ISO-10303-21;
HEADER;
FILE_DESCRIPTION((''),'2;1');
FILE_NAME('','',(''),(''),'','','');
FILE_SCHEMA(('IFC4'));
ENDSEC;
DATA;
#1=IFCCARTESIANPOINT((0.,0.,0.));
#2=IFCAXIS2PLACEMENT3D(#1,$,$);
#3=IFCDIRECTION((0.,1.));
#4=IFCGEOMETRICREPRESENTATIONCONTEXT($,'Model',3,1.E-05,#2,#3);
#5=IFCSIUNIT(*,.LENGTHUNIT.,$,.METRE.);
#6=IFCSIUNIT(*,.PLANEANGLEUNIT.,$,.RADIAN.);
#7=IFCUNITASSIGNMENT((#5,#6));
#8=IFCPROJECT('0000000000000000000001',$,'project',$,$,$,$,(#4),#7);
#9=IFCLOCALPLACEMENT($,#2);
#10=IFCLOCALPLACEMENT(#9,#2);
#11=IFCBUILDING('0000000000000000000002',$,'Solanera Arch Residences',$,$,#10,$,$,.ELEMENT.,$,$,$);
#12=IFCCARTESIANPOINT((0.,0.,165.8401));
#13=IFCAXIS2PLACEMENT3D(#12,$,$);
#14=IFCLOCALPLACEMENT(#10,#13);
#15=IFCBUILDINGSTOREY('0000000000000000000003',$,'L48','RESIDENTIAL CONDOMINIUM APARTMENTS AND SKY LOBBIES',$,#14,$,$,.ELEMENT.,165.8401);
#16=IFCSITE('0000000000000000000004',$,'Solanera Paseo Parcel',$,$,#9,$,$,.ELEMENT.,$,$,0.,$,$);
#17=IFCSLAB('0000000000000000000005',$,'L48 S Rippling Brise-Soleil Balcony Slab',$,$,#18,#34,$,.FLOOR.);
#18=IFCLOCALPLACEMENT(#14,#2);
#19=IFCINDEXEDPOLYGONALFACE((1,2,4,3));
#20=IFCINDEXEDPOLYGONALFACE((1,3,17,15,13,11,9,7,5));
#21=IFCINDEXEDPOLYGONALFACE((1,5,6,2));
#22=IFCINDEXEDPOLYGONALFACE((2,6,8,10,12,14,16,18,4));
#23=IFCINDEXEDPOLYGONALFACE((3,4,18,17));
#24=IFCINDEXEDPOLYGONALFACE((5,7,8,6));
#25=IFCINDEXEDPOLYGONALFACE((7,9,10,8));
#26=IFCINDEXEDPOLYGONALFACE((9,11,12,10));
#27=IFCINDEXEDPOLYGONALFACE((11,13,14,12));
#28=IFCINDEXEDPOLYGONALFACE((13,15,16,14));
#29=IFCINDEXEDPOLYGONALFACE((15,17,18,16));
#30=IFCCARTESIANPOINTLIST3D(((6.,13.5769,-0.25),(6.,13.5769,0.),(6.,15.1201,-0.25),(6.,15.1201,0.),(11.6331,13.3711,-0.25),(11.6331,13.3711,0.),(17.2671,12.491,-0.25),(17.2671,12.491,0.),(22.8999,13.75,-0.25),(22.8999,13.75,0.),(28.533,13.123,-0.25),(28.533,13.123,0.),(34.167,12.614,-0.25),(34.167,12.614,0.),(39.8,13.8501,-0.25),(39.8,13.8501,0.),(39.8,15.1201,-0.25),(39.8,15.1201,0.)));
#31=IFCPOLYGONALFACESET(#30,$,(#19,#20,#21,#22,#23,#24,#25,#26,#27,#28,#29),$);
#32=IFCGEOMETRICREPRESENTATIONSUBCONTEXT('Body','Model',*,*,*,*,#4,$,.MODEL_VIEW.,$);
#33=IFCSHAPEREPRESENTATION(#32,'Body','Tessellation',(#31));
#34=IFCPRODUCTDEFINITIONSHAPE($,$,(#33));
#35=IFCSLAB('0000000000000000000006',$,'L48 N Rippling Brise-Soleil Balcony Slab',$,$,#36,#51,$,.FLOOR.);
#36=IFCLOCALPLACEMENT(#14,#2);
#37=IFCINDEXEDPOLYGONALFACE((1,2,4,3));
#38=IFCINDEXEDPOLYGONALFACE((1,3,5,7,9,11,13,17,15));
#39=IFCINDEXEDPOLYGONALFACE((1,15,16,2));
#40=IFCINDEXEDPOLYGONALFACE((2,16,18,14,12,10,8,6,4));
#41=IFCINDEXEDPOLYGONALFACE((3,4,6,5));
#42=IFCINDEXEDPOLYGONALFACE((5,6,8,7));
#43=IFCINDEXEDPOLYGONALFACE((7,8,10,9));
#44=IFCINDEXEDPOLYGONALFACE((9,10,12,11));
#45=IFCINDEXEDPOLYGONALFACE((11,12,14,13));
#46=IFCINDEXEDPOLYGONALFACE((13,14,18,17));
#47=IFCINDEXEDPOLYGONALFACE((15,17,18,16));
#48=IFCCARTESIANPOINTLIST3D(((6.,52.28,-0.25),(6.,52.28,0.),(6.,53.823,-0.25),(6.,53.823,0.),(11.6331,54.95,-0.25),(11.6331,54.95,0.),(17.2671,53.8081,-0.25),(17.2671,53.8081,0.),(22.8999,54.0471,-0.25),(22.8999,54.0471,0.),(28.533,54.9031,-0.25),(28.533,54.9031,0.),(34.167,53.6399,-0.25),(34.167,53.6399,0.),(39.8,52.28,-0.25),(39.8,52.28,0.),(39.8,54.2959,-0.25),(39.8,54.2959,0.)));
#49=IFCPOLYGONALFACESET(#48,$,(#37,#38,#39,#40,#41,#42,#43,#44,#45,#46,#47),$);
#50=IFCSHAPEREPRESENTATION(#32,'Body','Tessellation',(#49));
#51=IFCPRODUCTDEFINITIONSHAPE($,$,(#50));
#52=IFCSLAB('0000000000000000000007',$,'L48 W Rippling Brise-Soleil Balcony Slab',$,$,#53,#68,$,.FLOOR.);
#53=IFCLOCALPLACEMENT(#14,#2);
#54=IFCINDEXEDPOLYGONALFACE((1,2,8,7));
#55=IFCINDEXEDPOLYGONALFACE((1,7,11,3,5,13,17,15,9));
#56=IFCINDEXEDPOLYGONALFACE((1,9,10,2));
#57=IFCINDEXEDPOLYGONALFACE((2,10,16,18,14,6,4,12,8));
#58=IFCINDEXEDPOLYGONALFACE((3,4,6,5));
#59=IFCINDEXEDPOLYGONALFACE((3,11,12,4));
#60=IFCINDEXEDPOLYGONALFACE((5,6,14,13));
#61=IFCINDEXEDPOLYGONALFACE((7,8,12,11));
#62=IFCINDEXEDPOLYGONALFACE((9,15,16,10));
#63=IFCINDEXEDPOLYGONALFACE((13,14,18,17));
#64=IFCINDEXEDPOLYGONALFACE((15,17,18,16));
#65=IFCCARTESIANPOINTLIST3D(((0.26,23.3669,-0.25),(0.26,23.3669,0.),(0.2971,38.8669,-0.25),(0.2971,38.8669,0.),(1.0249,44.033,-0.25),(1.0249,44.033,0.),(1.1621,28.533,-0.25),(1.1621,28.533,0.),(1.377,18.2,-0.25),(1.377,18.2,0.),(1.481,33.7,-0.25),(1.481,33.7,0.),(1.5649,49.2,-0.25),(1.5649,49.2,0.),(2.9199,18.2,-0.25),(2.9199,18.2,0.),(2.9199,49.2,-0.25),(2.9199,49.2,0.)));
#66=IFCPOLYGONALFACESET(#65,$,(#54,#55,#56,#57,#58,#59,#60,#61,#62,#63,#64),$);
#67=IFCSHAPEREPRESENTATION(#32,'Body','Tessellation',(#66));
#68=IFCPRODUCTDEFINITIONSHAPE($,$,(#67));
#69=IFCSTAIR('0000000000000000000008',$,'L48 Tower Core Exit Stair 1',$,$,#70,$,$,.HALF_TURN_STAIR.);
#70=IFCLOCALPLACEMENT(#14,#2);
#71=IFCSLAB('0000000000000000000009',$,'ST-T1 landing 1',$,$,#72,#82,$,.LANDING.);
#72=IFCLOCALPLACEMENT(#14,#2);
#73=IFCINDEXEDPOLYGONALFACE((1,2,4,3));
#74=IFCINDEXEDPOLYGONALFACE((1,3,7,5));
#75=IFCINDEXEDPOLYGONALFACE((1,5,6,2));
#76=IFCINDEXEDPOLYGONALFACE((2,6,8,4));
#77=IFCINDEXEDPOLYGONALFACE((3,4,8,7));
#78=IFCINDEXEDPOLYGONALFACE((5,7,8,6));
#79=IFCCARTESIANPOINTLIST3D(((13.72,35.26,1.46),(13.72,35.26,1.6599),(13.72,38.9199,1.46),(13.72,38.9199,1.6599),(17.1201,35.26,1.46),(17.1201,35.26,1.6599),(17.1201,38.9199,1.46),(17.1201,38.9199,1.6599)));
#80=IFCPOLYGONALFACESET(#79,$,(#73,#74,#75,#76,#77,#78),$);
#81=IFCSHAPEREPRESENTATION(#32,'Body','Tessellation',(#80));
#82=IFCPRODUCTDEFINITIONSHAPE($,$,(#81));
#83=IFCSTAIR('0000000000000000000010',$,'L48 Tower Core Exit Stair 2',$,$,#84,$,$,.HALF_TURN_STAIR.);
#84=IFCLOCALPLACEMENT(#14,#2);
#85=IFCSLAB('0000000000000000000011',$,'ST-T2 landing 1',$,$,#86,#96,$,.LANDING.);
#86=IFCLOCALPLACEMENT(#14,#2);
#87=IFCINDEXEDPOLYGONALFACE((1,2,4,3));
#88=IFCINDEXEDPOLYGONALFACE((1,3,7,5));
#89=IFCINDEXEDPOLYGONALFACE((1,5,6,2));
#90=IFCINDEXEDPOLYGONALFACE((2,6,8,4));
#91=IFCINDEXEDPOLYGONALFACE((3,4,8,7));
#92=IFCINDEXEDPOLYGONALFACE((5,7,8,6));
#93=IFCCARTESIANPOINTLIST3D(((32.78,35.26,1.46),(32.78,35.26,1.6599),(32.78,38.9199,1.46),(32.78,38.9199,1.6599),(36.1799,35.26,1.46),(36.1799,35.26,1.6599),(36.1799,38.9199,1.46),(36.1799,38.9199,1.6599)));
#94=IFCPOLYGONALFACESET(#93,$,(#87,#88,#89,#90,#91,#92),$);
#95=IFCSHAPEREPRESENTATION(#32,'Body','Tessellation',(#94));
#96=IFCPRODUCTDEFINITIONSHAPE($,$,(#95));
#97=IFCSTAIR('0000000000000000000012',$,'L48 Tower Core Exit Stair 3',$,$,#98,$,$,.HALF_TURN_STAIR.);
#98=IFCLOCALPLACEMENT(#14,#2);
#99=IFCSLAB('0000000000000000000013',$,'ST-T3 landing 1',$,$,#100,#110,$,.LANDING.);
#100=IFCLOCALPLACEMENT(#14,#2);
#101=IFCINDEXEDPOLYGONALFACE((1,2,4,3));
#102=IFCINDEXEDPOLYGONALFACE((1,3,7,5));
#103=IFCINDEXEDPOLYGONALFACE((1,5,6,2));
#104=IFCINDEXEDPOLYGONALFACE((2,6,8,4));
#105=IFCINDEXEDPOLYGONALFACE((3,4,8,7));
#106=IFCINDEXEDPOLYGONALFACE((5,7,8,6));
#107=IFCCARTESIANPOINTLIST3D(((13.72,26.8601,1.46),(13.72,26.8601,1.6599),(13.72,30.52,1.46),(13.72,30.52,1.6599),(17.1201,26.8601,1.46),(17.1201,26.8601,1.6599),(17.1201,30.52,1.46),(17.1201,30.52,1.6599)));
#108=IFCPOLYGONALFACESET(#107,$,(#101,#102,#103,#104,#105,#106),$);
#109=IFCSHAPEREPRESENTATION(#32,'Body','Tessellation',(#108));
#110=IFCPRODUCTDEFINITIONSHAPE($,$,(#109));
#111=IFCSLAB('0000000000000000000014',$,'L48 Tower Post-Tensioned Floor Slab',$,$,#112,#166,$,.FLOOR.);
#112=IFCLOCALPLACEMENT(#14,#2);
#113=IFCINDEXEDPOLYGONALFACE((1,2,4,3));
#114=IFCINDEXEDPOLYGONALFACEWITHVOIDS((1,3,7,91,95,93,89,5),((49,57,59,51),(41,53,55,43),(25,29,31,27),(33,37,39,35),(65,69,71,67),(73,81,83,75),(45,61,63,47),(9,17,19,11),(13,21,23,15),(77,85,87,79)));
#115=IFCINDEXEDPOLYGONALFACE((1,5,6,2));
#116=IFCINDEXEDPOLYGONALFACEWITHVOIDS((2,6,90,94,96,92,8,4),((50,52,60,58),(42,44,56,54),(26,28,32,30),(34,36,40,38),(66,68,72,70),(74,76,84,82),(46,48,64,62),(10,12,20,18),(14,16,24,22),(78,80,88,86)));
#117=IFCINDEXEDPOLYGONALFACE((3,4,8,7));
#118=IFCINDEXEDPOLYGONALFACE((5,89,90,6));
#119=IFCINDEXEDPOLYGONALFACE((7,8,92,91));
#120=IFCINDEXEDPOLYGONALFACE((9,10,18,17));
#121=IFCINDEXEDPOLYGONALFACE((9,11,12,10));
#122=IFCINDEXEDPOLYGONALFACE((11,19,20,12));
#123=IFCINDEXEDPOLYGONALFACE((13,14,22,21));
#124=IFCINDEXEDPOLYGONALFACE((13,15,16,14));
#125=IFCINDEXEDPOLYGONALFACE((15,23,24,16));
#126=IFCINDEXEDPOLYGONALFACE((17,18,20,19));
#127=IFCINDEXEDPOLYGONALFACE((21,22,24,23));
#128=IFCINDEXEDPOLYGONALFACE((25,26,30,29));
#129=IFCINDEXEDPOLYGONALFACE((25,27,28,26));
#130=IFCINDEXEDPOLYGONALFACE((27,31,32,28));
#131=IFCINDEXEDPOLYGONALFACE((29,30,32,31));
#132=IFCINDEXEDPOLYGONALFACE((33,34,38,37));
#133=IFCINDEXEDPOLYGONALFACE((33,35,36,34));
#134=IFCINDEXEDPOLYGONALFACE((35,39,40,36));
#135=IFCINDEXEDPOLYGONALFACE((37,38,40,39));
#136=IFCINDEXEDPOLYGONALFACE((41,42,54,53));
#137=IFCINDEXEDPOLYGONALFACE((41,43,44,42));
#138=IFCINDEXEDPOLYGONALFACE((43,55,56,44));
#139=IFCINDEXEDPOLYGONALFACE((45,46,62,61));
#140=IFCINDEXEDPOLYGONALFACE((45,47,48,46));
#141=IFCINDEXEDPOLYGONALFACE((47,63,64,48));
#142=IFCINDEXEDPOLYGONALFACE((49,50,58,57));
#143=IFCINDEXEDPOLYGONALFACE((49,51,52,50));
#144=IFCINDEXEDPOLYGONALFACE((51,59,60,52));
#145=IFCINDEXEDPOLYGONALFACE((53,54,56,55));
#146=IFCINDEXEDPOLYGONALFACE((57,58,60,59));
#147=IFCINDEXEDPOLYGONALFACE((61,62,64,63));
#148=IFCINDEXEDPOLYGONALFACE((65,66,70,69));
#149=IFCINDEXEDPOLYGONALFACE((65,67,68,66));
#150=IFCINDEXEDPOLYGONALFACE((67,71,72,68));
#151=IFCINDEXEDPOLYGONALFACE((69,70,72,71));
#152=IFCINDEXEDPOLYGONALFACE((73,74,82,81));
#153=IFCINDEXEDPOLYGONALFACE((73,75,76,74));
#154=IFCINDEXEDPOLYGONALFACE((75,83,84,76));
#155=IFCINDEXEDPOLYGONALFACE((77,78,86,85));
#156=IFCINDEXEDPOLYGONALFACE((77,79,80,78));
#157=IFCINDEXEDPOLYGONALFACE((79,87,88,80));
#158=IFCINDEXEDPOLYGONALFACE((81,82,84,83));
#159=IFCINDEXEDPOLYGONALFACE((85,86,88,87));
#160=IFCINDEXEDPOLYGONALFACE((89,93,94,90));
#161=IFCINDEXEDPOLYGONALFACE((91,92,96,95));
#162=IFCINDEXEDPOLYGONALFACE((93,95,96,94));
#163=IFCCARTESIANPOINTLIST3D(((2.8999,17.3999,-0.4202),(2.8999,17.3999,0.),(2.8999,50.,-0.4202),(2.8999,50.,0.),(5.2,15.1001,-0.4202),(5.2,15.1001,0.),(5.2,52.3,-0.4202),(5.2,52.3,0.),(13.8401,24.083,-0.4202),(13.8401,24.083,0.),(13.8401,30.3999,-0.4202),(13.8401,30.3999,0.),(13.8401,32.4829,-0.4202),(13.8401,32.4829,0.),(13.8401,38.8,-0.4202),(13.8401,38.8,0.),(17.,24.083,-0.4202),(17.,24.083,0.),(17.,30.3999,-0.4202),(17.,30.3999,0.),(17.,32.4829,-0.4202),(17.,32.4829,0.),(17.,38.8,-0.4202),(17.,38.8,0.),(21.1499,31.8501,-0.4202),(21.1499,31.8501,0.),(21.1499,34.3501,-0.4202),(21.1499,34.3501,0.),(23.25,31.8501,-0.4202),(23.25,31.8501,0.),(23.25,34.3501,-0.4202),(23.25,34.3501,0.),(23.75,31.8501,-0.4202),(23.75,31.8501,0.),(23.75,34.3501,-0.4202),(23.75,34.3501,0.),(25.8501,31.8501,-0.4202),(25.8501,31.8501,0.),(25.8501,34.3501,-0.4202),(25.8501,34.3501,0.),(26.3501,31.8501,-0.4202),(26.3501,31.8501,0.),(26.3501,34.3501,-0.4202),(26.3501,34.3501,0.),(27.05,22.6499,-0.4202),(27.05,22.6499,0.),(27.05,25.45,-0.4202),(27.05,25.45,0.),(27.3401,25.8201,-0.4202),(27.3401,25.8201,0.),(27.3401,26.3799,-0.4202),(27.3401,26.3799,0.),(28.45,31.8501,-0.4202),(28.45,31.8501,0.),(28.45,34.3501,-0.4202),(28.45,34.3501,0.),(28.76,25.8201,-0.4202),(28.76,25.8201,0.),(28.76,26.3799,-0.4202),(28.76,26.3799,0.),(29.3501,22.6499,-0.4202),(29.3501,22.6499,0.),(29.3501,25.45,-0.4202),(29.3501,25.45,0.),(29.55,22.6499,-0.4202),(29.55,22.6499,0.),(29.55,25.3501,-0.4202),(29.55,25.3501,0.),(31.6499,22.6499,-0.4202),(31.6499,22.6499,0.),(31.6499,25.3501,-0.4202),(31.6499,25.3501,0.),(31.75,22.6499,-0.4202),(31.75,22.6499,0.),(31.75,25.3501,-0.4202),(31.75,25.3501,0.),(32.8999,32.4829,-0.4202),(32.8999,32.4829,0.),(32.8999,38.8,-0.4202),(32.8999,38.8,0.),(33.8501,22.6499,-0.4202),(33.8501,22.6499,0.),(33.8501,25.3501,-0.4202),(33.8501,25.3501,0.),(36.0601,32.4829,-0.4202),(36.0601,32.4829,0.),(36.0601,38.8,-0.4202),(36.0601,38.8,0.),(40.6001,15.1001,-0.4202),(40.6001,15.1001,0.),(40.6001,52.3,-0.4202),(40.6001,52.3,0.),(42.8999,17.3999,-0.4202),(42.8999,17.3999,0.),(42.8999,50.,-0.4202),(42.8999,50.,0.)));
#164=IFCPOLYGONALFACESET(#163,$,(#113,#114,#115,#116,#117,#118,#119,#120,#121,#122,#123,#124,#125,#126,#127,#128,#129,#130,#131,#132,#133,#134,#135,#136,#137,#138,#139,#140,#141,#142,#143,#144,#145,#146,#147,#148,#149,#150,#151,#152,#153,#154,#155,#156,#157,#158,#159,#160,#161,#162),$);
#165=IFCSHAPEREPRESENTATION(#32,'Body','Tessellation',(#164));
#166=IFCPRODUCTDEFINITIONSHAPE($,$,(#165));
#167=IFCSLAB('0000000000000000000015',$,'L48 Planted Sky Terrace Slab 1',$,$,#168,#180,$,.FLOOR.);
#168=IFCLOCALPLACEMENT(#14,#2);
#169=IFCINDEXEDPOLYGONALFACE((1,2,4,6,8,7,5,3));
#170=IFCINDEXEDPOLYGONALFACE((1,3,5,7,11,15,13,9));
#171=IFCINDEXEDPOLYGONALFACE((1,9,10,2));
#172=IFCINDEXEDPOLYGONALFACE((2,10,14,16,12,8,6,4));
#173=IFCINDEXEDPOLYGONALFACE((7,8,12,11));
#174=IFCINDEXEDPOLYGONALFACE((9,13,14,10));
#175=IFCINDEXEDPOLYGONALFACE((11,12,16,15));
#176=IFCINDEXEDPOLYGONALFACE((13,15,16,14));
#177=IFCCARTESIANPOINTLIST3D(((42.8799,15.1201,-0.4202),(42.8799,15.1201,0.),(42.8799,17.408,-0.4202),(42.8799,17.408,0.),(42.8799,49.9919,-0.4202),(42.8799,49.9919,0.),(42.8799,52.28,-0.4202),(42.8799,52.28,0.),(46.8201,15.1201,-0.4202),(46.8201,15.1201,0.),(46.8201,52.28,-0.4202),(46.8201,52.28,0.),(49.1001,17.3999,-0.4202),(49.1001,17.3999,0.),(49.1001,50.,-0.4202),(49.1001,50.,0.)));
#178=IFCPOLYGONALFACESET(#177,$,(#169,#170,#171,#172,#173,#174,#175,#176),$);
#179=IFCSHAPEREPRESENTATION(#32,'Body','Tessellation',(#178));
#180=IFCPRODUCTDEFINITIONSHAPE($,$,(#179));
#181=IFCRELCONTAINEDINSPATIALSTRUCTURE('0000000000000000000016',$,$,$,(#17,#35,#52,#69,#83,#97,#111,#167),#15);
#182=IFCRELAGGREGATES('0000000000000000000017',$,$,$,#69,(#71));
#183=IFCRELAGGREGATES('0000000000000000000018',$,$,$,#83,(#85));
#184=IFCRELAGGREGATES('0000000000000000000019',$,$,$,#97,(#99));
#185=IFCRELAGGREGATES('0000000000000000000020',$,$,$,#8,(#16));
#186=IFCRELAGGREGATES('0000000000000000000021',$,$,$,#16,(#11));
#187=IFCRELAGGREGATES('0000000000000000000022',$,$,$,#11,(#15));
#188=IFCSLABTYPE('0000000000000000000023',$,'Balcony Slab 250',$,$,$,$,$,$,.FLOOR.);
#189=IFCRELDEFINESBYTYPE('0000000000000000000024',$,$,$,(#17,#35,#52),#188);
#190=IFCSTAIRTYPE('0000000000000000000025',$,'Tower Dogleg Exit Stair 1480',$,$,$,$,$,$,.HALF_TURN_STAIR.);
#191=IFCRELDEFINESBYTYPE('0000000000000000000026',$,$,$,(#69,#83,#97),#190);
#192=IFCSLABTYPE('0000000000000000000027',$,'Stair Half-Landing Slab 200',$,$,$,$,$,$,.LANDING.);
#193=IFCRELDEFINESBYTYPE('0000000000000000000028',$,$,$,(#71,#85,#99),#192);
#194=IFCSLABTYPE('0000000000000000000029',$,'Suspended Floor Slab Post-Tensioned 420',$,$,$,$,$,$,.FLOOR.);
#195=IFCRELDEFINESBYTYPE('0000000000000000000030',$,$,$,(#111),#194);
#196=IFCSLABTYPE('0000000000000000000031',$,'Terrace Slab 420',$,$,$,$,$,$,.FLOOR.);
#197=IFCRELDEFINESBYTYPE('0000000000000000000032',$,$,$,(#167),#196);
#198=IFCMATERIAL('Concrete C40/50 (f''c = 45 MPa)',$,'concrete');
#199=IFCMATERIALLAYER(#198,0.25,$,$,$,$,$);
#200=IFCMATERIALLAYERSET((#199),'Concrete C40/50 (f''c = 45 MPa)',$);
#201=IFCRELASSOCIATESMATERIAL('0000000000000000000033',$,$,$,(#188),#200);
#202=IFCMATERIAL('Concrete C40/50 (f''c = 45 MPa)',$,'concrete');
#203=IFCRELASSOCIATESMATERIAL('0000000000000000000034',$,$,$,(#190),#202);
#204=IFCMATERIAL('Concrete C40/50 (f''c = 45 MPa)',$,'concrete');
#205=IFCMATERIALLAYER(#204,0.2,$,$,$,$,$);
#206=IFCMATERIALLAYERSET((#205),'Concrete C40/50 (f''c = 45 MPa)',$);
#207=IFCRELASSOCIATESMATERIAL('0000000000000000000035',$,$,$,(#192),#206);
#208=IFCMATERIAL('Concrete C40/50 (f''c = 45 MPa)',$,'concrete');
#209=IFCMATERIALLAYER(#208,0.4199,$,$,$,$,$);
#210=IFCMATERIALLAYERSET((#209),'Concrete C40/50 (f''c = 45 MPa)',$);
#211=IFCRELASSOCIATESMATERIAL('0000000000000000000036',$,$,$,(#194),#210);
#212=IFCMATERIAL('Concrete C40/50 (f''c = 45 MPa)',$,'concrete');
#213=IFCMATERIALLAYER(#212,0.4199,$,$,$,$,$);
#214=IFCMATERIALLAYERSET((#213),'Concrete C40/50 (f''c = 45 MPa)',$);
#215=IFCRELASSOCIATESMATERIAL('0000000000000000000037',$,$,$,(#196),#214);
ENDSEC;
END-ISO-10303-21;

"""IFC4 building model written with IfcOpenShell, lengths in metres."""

from ifc_helpers import new_model, si_unit, direction, frame, origin, place, context, subcontext, project, spatial, polyline, outline, extrude, material, layer, layer_set, type_object, element, aggregate, save


model = new_model("IFC4")

# Units and contexts
model_context = context("Model", 3, precision=1e-05, world=origin(), true_north=direction((0.0, 1.0)))
body_context = subcontext(model_context, "Body", "Model", "MODEL_VIEW")
ifc_project = project(units=[si_unit("LENGTHUNIT", "METRE"), si_unit("PLANEANGLEUNIT", "RADIAN")], contexts=[model_context])

# Site, building, storey
site_placement = place(None, origin())
site = spatial("IfcSite", under=ifc_project, at=site_placement, Name="Solanera Paseo Parcel", CompositionType="ELEMENT", RefElevation=0.0)
building_placement = place(site_placement, origin())
building = spatial("IfcBuilding", under=site, at=building_placement, Name="Solanera Arch Residences", CompositionType="ELEMENT")
storey_placement = place(building_placement, frame((0.0, 0.0, 165.8401)))
storey = spatial("IfcBuildingStorey", under=building, at=storey_placement, Name="L48", Description="RESIDENTIAL CONDOMINIUM APARTMENTS AND SKY LOBBIES", CompositionType="ELEMENT", Elevation=165.8401)

# Slabs
ifc_material_1 = material(Name="Concrete C40/50 (f'c = 45 MPa)", Category="concrete")
ifc_layer_1 = layer(ifc_material_1, 0.25)
ifc_layer_set_1 = layer_set([ifc_layer_1], Name="Concrete C40/50 (f'c = 45 MPa)")
slab_type_1 = type_object("IfcSlabType", Name="Balcony Slab 250", PredefinedType="FLOOR", material=ifc_layer_set_1)
slab_1_placement = place(storey_placement, frame((0.0, 0.0, -0.25)))
element("IfcSlab", 1, at=slab_1_placement, inside=storey, type_object=slab_type_1, Name="L48 S Rippling Brise-Soleil Balcony Slab", PredefinedType="FLOOR", context=body_context, shape_type="SweptSolid", body=[
    extrude(outline(polyline([(6.0, 13.5769), (11.6331, 13.3711), (17.2671, 12.491), (22.8999, 13.75), (28.533, 13.123), (34.167, 12.614), (39.8, 13.8501), (39.8, 15.1201), (6.0, 15.1201), (6.0, 13.5769)])), origin(), (0.0, 0.0, 1.0), 0.25),
])
slab_2_placement = place(storey_placement, frame((0.0, 0.0, -0.25)))
element("IfcSlab", 2, at=slab_2_placement, inside=storey, type_object=slab_type_1, Name="L48 N Rippling Brise-Soleil Balcony Slab", PredefinedType="FLOOR", context=body_context, shape_type="SweptSolid", body=[
    extrude(outline(polyline([(39.8, 54.2959), (34.167, 53.6399), (28.533, 54.9031), (22.8999, 54.0471), (17.2671, 53.8081), (11.6331, 54.95), (6.0, 53.823), (6.0, 52.28), (39.8, 52.28), (39.8, 54.2959)])), origin(), (0.0, 0.0, 1.0), 0.25),
])
slab_3_placement = place(storey_placement, frame((0.0, 0.0, -0.25)))
element("IfcSlab", 3, at=slab_3_placement, inside=storey, type_object=slab_type_1, Name="L48 W Rippling Brise-Soleil Balcony Slab", PredefinedType="FLOOR", context=body_context, shape_type="SweptSolid", body=[
    extrude(outline(polyline([(1.5649, 49.2), (1.0249, 44.033), (0.2971, 38.8669), (1.481, 33.7), (1.1621, 28.533), (0.26, 23.3669), (1.377, 18.2), (2.9199, 18.2), (2.9199, 49.2), (1.5649, 49.2)])), origin(), (0.0, 0.0, 1.0), 0.25),
])

# Stairs, slabs
ifc_material_2 = material(Name="Concrete C40/50 (f'c = 45 MPa)", Category="concrete")
stair_type = type_object("IfcStairType", Name="Tower Dogleg Exit Stair 1480", PredefinedType="HALF_TURN_STAIR", material=ifc_material_2)
stair_1_placement = place(storey_placement, origin())
stair_1 = element("IfcStair", 4, at=stair_1_placement, inside=storey, type_object=stair_type, Name="L48 Tower Core Exit Stair 1", PredefinedType="HALF_TURN_STAIR")
ifc_material_3 = material(Name="Concrete C40/50 (f'c = 45 MPa)", Category="concrete")
ifc_layer_2 = layer(ifc_material_3, 0.2)
ifc_layer_set_2 = layer_set([ifc_layer_2], Name="Concrete C40/50 (f'c = 45 MPa)")
slab_type_2 = type_object("IfcSlabType", Name="Stair Half-Landing Slab 200", PredefinedType="LANDING", material=ifc_layer_set_2)
slab_4_placement = place(storey_placement, frame((0.0, 0.0, 1.46)))
slab_4 = element("IfcSlab", 5, at=slab_4_placement, type_object=slab_type_2, Name="ST-T1 landing 1", PredefinedType="LANDING", context=body_context, shape_type="SweptSolid", body=[
    extrude(outline(polyline([(17.1201, 35.26), (17.1201, 38.9199), (13.72, 38.9199), (13.72, 35.26), (17.1201, 35.26)])), origin(), (0.0, 0.0, 1.0), 0.2),
])
aggregate(stair_1, [slab_4])
stair_2_placement = place(storey_placement, origin())
stair_2 = element("IfcStair", 6, at=stair_2_placement, inside=storey, type_object=stair_type, Name="L48 Tower Core Exit Stair 2", PredefinedType="HALF_TURN_STAIR")
slab_5_placement = place(storey_placement, frame((0.0, 0.0, 1.46)))
slab_5 = element("IfcSlab", 7, at=slab_5_placement, type_object=slab_type_2, Name="ST-T2 landing 1", PredefinedType="LANDING", context=body_context, shape_type="SweptSolid", body=[
    extrude(outline(polyline([(36.1799, 35.26), (36.1799, 38.9199), (32.78, 38.9199), (32.78, 35.26), (36.1799, 35.26)])), origin(), (0.0, 0.0, 1.0), 0.2),
])
aggregate(stair_2, [slab_5])
stair_3_placement = place(storey_placement, origin())
stair_3 = element("IfcStair", 8, at=stair_3_placement, inside=storey, type_object=stair_type, Name="L48 Tower Core Exit Stair 3", PredefinedType="HALF_TURN_STAIR")
slab_6_placement = place(storey_placement, frame((0.0, 0.0, 1.46)))
slab_6 = element("IfcSlab", 9, at=slab_6_placement, type_object=slab_type_2, Name="ST-T3 landing 1", PredefinedType="LANDING", context=body_context, shape_type="SweptSolid", body=[
    extrude(outline(polyline([(17.1201, 26.8601), (17.1201, 30.52), (13.72, 30.52), (13.72, 26.8601), (17.1201, 26.8601)])), origin(), (0.0, 0.0, 1.0), 0.2),
])
aggregate(stair_3, [slab_6])

# Slabs
ifc_material_4 = material(Name="Concrete C40/50 (f'c = 45 MPa)", Category="concrete")
ifc_layer_3 = layer(ifc_material_4, 0.4199)
ifc_layer_set_3 = layer_set([ifc_layer_3], Name="Concrete C40/50 (f'c = 45 MPa)")
slab_type_3 = type_object("IfcSlabType", Name="Suspended Floor Slab Post-Tensioned 420", PredefinedType="FLOOR", material=ifc_layer_set_3)
slab_7_placement = place(storey_placement, frame((0.0, 0.0, -0.4202)))
element("IfcSlab", 10, at=slab_7_placement, inside=storey, type_object=slab_type_3, Name="L48 Tower Post-Tensioned Floor Slab", PredefinedType="FLOOR", context=body_context, shape_type="SweptSolid", body=[
    extrude(outline(polyline([(5.2, 15.1001), (40.6001, 15.1001), (42.8999, 17.3999), (42.8999, 50.0), (40.6001, 52.3), (5.2, 52.3), (2.8999, 50.0), (2.8999, 17.3999), (5.2, 15.1001)]), holes=[polyline([(13.8401, 32.4829), (13.8401, 38.8), (17.0, 38.8), (17.0, 32.4829), (13.8401, 32.4829)]), polyline([(32.8999, 32.4829), (32.8999, 38.8), (36.0601, 38.8), (36.0601, 32.4829), (32.8999, 32.4829)]), polyline([(13.8401, 24.083), (13.8401, 30.3999), (17.0, 30.3999), (17.0, 24.083), (13.8401, 24.083)]), polyline([(21.1499, 34.3501), (23.25, 34.3501), (23.25, 31.8501), (21.1499, 31.8501), (21.1499, 34.3501)]), polyline([(23.75, 34.3501), (25.8501, 34.3501), (25.8501, 31.8501), (23.75, 31.8501), (23.75, 34.3501)]), polyline([(26.3501, 34.3501), (28.45, 34.3501), (28.45, 31.8501), (26.3501, 31.8501), (26.3501, 34.3501)]), polyline([(29.55, 25.3501), (31.6499, 25.3501), (31.6499, 22.6499), (29.55, 22.6499), (29.55, 25.3501)]), polyline([(31.75, 25.3501), (33.8501, 25.3501), (33.8501, 22.6499), (31.75, 22.6499), (31.75, 25.3501)]), polyline([(27.05, 25.45), (29.3501, 25.45), (29.3501, 22.6499), (27.05, 22.6499), (27.05, 25.45)]), polyline([(27.3401, 26.3799), (28.76, 26.3799), (28.76, 25.8201), (27.3401, 25.8201), (27.3401, 26.3799)])]), origin(), (0.0, 0.0, 1.0), 0.4202),
])
ifc_material_5 = material(Name="Concrete C40/50 (f'c = 45 MPa)", Category="concrete")
ifc_layer_4 = layer(ifc_material_5, 0.4199)
ifc_layer_set_4 = layer_set([ifc_layer_4], Name="Concrete C40/50 (f'c = 45 MPa)")
slab_type_4 = type_object("IfcSlabType", Name="Terrace Slab 420", PredefinedType="FLOOR", material=ifc_layer_set_4)
slab_8_placement = place(storey_placement, frame((0.0, 0.0, -0.4202)))
element("IfcSlab", 11, at=slab_8_placement, inside=storey, type_object=slab_type_4, Name="L48 Planted Sky Terrace Slab 1", PredefinedType="FLOOR", context=body_context, shape_type="SweptSolid", body=[
    extrude(outline(polyline([(46.8201, 52.28), (42.8799, 52.28), (42.8799, 49.9919), (42.8799, 17.408), (42.8799, 15.1201), (46.8201, 15.1201), (49.1001, 17.3999), (49.1001, 50.0), (46.8201, 52.28)])), origin(), (0.0, 0.0, 1.0), 0.4202),
])

save(model, "model.ifc")
